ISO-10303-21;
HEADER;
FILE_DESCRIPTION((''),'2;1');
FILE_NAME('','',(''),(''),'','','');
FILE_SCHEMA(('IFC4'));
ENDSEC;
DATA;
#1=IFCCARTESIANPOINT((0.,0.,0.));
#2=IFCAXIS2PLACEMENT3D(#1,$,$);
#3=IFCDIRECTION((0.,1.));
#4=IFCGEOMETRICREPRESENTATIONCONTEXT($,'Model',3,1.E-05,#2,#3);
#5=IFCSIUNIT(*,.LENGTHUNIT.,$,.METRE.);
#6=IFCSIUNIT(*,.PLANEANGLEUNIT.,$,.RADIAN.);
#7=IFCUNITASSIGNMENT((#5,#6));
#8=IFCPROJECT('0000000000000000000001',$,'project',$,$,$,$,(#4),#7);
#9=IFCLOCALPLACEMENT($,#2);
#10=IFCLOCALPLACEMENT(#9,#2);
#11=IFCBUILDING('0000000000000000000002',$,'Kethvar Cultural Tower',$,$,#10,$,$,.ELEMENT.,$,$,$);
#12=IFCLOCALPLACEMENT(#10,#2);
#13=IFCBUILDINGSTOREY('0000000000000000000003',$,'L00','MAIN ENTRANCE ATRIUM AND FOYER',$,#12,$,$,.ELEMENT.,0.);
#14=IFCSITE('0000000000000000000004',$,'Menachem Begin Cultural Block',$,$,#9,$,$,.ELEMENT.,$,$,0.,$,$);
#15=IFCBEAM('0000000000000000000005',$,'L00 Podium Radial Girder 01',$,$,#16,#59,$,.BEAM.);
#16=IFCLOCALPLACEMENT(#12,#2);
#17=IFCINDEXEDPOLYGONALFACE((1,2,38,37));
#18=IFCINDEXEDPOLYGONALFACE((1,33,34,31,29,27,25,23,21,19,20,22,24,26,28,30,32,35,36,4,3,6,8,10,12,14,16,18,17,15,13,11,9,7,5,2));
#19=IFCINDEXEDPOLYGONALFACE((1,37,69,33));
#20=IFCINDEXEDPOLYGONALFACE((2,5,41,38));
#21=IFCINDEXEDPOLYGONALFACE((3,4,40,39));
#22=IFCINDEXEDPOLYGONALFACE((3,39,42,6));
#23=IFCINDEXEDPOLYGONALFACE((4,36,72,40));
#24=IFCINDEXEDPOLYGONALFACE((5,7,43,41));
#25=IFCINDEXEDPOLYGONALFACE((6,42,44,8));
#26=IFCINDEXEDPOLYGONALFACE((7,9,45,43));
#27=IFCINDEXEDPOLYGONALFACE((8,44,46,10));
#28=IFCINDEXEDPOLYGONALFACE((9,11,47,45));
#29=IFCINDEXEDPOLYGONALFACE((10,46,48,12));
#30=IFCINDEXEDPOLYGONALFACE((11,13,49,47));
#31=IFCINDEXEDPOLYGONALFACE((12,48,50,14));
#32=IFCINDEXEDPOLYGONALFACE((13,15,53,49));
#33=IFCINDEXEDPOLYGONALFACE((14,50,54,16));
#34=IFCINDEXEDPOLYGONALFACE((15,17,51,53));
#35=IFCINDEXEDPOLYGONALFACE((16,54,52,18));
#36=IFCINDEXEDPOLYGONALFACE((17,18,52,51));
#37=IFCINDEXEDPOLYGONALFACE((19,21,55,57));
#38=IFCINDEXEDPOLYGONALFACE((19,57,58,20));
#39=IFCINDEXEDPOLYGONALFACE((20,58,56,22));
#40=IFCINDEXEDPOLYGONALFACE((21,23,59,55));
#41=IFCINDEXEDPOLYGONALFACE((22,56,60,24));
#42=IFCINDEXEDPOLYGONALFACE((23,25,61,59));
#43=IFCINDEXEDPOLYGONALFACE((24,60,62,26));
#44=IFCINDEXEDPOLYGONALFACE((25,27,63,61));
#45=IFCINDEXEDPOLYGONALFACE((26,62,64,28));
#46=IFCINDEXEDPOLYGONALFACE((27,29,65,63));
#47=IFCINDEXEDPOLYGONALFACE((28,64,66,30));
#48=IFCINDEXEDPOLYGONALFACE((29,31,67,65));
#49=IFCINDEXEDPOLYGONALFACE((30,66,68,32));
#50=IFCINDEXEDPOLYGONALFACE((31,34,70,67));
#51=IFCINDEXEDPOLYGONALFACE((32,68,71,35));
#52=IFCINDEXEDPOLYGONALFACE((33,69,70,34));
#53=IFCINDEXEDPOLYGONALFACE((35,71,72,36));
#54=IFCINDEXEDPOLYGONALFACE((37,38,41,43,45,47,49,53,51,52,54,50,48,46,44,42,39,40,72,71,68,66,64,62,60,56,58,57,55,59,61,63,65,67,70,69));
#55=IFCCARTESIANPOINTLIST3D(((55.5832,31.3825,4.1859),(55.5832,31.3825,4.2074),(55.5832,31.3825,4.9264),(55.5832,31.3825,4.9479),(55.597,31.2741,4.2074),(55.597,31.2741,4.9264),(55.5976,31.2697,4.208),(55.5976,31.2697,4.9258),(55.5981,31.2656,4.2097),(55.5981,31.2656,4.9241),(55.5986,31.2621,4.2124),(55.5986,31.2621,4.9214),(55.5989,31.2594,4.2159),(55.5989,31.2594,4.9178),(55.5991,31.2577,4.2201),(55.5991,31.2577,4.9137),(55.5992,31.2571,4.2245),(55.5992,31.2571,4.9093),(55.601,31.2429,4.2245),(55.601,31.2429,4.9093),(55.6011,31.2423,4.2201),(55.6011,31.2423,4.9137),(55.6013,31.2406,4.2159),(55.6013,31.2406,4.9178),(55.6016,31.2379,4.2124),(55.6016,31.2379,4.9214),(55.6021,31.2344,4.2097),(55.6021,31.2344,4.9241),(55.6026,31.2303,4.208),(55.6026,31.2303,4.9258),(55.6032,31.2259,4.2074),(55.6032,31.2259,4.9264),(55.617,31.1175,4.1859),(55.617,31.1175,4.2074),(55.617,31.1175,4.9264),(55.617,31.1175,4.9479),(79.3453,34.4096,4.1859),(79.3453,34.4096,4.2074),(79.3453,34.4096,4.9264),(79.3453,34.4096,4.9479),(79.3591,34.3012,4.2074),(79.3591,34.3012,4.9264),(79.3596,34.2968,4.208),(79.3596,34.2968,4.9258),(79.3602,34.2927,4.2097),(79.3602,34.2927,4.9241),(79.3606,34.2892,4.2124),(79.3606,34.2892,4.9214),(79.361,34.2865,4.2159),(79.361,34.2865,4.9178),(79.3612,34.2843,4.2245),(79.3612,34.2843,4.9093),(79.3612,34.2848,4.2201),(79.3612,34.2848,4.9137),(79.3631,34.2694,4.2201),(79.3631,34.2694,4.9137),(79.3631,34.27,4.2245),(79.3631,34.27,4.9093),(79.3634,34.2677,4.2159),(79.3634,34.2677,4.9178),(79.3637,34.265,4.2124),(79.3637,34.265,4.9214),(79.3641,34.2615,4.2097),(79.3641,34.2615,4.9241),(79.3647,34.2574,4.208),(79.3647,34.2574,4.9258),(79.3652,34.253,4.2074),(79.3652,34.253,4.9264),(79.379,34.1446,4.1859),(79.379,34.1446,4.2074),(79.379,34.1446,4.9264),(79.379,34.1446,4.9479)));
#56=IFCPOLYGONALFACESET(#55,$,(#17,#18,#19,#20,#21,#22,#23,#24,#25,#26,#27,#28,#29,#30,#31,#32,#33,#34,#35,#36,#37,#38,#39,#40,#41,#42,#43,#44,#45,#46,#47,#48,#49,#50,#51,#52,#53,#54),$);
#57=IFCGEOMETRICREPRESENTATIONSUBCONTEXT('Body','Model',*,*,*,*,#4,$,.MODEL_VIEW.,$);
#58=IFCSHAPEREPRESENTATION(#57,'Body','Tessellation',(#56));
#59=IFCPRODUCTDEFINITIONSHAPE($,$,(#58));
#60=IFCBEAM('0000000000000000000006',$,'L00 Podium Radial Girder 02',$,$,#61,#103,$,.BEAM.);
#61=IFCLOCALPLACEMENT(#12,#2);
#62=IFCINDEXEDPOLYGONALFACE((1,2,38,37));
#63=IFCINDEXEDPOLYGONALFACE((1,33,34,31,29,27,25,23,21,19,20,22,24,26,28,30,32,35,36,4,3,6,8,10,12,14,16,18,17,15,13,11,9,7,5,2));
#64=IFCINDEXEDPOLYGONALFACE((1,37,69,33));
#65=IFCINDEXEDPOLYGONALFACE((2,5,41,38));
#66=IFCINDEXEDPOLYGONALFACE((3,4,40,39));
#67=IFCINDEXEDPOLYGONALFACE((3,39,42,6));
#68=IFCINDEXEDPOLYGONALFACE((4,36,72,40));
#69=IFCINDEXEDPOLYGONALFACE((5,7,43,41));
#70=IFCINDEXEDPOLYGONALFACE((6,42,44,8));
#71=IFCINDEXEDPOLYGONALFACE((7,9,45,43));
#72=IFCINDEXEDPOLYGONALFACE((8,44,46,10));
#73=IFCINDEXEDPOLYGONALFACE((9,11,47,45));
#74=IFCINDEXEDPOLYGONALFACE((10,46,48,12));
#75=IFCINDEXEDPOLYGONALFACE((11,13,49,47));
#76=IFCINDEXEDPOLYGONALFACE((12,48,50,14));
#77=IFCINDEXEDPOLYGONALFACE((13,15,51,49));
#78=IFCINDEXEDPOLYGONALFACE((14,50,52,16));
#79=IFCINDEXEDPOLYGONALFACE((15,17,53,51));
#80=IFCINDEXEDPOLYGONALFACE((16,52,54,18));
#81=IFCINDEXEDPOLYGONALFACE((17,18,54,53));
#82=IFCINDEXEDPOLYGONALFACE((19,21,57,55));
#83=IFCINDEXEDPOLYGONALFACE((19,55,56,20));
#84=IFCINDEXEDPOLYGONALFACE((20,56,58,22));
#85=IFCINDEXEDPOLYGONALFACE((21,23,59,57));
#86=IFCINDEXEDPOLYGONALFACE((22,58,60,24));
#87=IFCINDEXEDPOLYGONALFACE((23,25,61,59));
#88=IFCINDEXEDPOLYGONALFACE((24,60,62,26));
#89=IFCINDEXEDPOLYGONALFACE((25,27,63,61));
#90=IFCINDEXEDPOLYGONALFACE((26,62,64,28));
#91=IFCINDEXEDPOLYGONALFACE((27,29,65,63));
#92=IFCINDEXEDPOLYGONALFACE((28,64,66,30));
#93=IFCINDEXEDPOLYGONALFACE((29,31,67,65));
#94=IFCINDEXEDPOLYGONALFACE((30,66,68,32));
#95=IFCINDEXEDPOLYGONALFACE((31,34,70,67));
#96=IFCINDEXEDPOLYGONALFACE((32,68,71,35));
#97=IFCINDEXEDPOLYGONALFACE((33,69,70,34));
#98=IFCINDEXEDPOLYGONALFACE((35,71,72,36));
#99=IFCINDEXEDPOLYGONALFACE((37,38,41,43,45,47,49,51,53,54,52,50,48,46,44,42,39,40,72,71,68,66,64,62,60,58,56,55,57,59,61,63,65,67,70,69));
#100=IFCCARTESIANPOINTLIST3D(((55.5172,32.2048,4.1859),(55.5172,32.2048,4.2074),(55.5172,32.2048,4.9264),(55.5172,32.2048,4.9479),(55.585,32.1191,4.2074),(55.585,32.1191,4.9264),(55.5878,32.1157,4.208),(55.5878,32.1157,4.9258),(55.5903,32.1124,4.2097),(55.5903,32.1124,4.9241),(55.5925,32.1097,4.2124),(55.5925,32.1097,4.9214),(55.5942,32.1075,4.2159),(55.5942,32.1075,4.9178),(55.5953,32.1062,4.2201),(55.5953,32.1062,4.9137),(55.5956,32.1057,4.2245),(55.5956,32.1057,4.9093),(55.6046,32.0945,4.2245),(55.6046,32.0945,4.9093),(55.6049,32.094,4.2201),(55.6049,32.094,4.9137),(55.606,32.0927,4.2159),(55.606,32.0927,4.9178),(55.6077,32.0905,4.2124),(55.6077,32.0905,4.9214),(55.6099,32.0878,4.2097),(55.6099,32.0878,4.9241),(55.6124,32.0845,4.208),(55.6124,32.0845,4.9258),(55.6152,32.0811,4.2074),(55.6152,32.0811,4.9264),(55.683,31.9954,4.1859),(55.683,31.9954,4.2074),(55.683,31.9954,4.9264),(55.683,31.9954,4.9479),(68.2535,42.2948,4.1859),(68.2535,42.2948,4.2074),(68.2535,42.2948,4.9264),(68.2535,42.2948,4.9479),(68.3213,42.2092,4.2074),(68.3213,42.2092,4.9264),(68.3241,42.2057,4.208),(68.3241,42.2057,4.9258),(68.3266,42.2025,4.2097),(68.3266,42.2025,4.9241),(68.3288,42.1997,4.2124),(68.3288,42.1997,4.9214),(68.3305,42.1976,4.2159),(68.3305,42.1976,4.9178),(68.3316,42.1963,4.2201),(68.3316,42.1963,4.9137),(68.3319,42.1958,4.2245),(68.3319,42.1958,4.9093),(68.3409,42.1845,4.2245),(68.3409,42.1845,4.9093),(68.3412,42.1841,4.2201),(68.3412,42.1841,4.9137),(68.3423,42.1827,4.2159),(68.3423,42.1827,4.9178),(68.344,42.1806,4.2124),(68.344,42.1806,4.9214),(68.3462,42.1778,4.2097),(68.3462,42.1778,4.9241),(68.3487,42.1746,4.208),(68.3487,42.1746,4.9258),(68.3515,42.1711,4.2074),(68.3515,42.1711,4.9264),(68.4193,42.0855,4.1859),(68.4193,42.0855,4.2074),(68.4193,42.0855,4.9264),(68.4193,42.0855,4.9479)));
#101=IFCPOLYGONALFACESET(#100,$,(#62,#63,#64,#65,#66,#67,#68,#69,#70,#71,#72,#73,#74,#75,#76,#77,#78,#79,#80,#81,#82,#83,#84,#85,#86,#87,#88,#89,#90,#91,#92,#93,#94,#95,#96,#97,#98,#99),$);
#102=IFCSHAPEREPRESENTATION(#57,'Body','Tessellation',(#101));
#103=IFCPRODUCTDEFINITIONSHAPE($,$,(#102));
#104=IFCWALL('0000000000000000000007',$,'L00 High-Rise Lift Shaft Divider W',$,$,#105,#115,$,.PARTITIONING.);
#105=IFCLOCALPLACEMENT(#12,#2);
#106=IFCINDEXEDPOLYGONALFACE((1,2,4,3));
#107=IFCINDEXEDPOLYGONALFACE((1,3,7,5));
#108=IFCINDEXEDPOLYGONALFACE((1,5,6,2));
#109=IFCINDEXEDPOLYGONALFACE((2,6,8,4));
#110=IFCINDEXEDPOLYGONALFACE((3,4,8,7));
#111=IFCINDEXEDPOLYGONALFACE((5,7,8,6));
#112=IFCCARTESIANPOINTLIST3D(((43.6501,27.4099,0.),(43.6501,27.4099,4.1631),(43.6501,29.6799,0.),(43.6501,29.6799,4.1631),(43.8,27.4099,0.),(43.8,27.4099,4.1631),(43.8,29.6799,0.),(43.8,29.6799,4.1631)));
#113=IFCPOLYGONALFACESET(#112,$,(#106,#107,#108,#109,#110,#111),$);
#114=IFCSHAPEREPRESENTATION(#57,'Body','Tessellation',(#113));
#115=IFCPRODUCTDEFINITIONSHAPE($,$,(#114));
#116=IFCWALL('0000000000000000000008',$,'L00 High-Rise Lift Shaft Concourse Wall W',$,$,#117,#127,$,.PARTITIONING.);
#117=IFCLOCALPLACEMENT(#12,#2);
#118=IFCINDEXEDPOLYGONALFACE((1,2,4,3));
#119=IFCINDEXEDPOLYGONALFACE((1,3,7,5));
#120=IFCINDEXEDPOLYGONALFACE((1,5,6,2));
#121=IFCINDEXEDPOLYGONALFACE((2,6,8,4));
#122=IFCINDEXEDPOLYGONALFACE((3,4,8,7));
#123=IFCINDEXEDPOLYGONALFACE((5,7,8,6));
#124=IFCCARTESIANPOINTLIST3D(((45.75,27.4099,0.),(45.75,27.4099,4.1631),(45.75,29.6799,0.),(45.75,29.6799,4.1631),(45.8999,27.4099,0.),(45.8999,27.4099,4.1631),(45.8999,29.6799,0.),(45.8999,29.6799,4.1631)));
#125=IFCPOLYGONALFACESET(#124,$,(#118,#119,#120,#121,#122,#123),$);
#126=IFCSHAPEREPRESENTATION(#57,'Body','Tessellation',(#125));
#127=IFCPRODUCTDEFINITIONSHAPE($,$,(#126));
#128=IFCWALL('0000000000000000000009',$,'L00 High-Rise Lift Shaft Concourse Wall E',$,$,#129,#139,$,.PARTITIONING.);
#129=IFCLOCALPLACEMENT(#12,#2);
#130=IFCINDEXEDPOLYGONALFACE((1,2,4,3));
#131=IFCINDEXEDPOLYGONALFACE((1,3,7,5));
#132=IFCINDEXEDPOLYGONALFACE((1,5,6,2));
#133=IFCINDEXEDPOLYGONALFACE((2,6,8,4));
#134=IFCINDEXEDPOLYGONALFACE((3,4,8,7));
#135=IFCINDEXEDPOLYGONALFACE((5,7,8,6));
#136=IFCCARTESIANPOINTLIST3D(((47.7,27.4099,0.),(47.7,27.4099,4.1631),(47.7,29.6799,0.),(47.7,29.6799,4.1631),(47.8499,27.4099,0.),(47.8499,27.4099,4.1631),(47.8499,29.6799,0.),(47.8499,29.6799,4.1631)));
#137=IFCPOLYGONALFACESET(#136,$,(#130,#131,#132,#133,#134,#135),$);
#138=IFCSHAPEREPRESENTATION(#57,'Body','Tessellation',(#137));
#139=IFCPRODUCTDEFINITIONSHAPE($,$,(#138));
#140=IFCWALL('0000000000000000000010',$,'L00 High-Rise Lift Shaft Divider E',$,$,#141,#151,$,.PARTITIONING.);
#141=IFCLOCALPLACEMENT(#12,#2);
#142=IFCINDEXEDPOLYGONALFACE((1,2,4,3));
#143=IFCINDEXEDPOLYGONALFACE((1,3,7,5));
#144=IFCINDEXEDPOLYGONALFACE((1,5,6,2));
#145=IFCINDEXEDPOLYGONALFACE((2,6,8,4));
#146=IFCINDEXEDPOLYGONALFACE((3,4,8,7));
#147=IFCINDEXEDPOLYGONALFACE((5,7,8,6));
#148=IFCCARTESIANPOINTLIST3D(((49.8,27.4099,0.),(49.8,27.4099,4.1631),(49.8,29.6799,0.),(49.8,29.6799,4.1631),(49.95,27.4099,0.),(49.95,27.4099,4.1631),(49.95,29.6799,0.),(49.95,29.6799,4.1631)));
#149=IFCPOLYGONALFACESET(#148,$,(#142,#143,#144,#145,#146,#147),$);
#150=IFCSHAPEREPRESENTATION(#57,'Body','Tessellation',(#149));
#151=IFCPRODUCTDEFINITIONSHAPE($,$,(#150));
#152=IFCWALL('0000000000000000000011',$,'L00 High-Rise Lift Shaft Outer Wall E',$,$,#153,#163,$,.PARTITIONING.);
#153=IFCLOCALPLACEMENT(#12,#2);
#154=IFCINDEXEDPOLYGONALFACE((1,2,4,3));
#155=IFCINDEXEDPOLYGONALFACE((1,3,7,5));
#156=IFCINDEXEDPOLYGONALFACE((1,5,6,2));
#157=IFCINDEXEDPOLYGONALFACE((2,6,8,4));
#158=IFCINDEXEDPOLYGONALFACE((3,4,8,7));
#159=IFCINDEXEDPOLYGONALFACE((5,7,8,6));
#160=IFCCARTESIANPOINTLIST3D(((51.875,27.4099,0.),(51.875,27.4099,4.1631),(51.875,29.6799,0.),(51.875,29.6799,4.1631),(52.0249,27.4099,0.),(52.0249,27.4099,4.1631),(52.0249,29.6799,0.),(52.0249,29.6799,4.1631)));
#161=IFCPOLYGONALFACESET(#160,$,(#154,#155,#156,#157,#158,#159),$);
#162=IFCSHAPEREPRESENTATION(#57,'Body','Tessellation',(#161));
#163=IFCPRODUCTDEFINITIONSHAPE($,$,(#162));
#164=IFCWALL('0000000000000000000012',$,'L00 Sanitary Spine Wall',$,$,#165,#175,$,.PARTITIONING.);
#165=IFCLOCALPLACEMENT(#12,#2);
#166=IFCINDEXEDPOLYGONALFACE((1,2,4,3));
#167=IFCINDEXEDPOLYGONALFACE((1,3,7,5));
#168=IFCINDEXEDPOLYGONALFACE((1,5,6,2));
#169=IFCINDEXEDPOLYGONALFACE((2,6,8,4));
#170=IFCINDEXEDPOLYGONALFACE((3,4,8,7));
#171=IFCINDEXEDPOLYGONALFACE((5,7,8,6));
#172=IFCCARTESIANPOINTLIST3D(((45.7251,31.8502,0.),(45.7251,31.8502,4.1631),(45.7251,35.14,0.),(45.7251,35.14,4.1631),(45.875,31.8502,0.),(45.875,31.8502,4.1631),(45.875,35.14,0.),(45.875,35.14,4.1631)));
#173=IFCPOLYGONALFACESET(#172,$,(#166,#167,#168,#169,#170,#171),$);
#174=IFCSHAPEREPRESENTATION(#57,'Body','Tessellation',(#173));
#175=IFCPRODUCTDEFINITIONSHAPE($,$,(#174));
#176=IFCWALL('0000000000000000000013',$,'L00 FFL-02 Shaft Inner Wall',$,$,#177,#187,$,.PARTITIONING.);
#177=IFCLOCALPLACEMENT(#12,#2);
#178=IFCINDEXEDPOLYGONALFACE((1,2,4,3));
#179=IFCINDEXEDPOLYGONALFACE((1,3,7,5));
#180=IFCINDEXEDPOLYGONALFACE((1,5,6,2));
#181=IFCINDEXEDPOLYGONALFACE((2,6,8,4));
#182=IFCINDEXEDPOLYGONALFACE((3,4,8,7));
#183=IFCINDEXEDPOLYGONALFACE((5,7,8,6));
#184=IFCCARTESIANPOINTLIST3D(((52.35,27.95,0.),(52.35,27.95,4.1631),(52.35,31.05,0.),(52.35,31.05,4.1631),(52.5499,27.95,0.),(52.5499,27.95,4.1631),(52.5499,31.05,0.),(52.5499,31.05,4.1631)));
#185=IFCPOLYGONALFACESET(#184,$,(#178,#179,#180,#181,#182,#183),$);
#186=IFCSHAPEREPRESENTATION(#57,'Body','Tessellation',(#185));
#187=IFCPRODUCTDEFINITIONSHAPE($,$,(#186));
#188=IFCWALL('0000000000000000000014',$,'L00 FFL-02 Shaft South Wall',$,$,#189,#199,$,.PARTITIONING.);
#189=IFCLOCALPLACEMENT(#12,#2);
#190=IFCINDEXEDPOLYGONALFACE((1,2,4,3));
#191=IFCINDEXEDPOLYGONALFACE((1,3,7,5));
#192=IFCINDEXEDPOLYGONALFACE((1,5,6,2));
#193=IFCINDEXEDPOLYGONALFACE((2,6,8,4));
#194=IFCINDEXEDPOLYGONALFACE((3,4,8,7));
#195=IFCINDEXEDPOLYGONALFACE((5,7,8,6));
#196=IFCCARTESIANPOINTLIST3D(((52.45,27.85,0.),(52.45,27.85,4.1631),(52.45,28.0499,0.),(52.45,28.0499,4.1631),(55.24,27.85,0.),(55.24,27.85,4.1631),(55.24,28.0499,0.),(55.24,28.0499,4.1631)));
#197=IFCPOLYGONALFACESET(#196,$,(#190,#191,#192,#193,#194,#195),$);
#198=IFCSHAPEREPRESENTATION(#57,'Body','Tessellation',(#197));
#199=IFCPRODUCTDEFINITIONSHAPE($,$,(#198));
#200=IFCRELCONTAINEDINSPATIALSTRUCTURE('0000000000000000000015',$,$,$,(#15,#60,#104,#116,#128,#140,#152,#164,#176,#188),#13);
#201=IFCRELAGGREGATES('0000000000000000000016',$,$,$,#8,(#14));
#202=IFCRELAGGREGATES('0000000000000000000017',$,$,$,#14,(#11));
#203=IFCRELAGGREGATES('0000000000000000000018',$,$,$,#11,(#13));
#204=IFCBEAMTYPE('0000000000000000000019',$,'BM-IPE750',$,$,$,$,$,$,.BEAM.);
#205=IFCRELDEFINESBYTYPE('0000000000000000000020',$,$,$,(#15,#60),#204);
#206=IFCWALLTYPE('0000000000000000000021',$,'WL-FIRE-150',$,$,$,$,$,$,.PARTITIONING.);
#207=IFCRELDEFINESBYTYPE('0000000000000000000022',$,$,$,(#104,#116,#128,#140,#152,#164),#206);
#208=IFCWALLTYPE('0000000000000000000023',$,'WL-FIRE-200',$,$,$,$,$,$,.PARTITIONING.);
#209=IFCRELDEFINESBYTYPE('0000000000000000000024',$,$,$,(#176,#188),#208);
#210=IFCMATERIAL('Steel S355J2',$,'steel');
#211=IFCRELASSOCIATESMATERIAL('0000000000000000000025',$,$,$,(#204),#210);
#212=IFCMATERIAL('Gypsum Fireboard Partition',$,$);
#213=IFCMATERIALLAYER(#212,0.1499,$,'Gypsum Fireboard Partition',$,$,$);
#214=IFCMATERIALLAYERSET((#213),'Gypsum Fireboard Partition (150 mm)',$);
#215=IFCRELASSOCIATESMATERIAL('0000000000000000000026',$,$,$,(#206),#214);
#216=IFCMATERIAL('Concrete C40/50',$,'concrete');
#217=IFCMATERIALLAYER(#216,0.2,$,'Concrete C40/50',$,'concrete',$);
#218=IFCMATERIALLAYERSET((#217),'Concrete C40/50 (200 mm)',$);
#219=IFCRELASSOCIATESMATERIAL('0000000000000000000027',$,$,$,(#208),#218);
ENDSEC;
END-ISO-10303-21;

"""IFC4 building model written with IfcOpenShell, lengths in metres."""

from ifc_helpers import new_model, si_unit, direction, frame, frame_2d, origin, origin_2d, place, context, subcontext, project, spatial, rectangle, i_section, extrude, source, transform, mapped, material, layer, layer_set, material_profile, profile_set, type_object, element, save


model = new_model("IFC4")

# Units and contexts
model_context = context("Model", 3, precision=1e-05, world=origin(), true_north=direction((0.0, 1.0)))
body_context = subcontext(model_context, "Body", "Model", "MODEL_VIEW")
ifc_project = project(units=[si_unit("LENGTHUNIT", "METRE"), si_unit("PLANEANGLEUNIT", "RADIAN")], contexts=[model_context])

# Site, building, storey
site_placement = place(None, origin())
site = spatial("IfcSite", under=ifc_project, at=site_placement, Name="Menachem Begin Cultural Block", CompositionType="ELEMENT", RefElevation=0.0)
building_placement = place(site_placement, origin())
building = spatial("IfcBuilding", under=site, at=building_placement, Name="Kethvar Cultural Tower", CompositionType="ELEMENT")
storey_placement = place(building_placement, origin())
storey = spatial("IfcBuildingStorey", under=building, at=storey_placement, Name="L00", Description="MAIN ENTRANCE ATRIUM AND FOYER", CompositionType="ELEMENT", Elevation=0.0)

# Beams
ifc_material_1 = material(Name="Steel S355J2", Category="steel")
ifc_material_profile = material_profile(ifc_material_1, i_section(OverallWidth=0.2671, OverallDepth=0.762, WebThickness=0.0144, FlangeThickness=0.0215, FilletRadius=0.0171, at=origin_2d()), Name="Steel S355J2 — IPE750x173")
ifc_profile_set = profile_set([ifc_material_profile], Name="Steel S355J2 — IPE750x173")
beam_type = type_object("IfcBeamType", Name="BM-IPE750", PredefinedType="BEAM", material=ifc_profile_set)
shared_shape_1 = source(origin(), body_context, "Body", "SweptSolid", [
    extrude(i_section(OverallWidth=0.2671, OverallDepth=0.762, WebThickness=0.0144, FlangeThickness=0.0215, FilletRadius=0.0171, at=origin_2d()), origin(), (0.0, 0.0, 1.0), 23.9541),
])
beam_1_placement = place(storey_placement, frame((55.6001, 31.25, 4.5669), z_axis=(0.991983, 0.126371, 0.0), x_axis=(-0.126371, 0.991983, 0.0)))
element("IfcBeam", 1, at=beam_1_placement, inside=storey, type_object=beam_type, Name="L00 Podium Radial Girder 01", PredefinedType="BEAM", context=body_context, shape_type="MappedRepresentation", body=[
    mapped(shared_shape_1, transform((0.0, 0.0, 0.0), scale=1.0)),
])
shared_shape_2 = source(origin(), body_context, "Body", "SweptSolid", [
    extrude(i_section(OverallWidth=0.2671, OverallDepth=0.762, WebThickness=0.0144, FlangeThickness=0.0215, FilletRadius=0.0171, at=origin_2d()), origin(), (0.0, 0.0, 1.0), 16.2488),
])
beam_2_placement = place(storey_placement, frame((55.6001, 32.1001, 4.5669), z_axis=(0.783831, 0.620974, 0.0), x_axis=(-0.620974, 0.783831, 0.0)))
element("IfcBeam", 2, at=beam_2_placement, inside=storey, type_object=beam_type, Name="L00 Podium Radial Girder 02", PredefinedType="BEAM", context=body_context, shape_type="MappedRepresentation", body=[
    mapped(shared_shape_2, transform((0.0, 0.0, 0.0), scale=1.0)),
])

# Walls
ifc_material_2 = material(Name="Gypsum Fireboard Partition")
ifc_layer_1 = layer(ifc_material_2, 0.1499, Name="Gypsum Fireboard Partition")
ifc_layer_set_1 = layer_set([ifc_layer_1], Name="Gypsum Fireboard Partition (150 mm)")
wall_type_1 = type_object("IfcWallType", Name="WL-FIRE-150", PredefinedType="PARTITIONING", material=ifc_layer_set_1)
for number, where, z_axis, x_axis, name in (
    (3, (43.7251, 27.4099, 0.0), (0.0, 0.0, 1.0), (0.0, 1.0, 0.0), "L00 High-Rise Lift Shaft Divider W"),
    (4, (45.825, 27.4099, 0.0), (0.0, 0.0, 1.0), (0.0, 1.0, 0.0), "L00 High-Rise Lift Shaft Concourse Wall W"),
    (5, (47.7749, 27.4099, 0.0), (0.0, 0.0, 1.0), (0.0, 1.0, 0.0), "L00 High-Rise Lift Shaft Concourse Wall E"),
    (6, (49.875, 27.4099, 0.0), (0.0, 0.0, 1.0), (0.0, 1.0, 0.0), "L00 High-Rise Lift Shaft Divider E"),
    (7, (51.95, 27.4099, 0.0), (0.0, 0.0, 1.0), (0.0, 1.0, 0.0), "L00 High-Rise Lift Shaft Outer Wall E"),
):
    element("IfcWall", number, at=place(storey_placement, frame(where, z_axis=z_axis, x_axis=x_axis)), inside=storey, type_object=wall_type_1, Name=name, PredefinedType="PARTITIONING", context=body_context, shape_type="SweptSolid", body=[
        extrude(rectangle(XDim=2.27, YDim=0.1499, at=frame_2d((1.135, 0.0))), origin(), (0.0, 0.0, 1.0), 4.1631),
    ])
wall_1_placement = place(storey_placement, frame((45.8, 31.8501, 0.0), z_axis=(0.0, 0.0, 1.0), x_axis=(0.0, 1.0, 0.0)))
element("IfcWall", 8, at=wall_1_placement, inside=storey, type_object=wall_type_1, Name="L00 Sanitary Spine Wall", PredefinedType="PARTITIONING", context=body_context, shape_type="SweptSolid", body=[
    extrude(rectangle(XDim=3.2898, YDim=0.1499, at=frame_2d((1.645, 0.0))), origin(), (0.0, 0.0, 1.0), 4.1631),
])
ifc_material_3 = material(Name="Concrete C40/50", Category="concrete")
ifc_layer_2 = layer(ifc_material_3, 0.2, Name="Concrete C40/50", Category="concrete")
ifc_layer_set_2 = layer_set([ifc_layer_2], Name="Concrete C40/50 (200 mm)")
wall_type_2 = type_object("IfcWallType", Name="WL-FIRE-200", PredefinedType="PARTITIONING", material=ifc_layer_set_2)
wall_2_placement = place(storey_placement, frame((52.45, 27.95, 0.0), z_axis=(0.0, 0.0, 1.0), x_axis=(0.0, 1.0, 0.0)))
element("IfcWall", 9, at=wall_2_placement, inside=storey, type_object=wall_type_2, Name="L00 FFL-02 Shaft Inner Wall", PredefinedType="PARTITIONING", context=body_context, shape_type="SweptSolid", body=[
    extrude(rectangle(XDim=3.1001, YDim=0.2, at=frame_2d((1.55, 0.0))), origin(), (0.0, 0.0, 1.0), 4.1631),
])
for number, where, z_axis, x_axis, name in (
    (10, (52.45, 27.95, 0.0), (0.0, 0.0, 1.0), (1.0, 0.0, 0.0), "L00 FFL-02 Shaft South Wall"),
):
    element("IfcWall", number, at=place(storey_placement, frame(where, z_axis=z_axis, x_axis=x_axis)), inside=storey, type_object=wall_type_2, Name=name, PredefinedType="PARTITIONING", context=body_context, shape_type="SweptSolid", body=[
        extrude(rectangle(XDim=2.79, YDim=0.2, at=frame_2d((1.395, 0.0))), origin(), (0.0, 0.0, 1.0), 4.1631),
    ])

save(model, "model.ifc")
